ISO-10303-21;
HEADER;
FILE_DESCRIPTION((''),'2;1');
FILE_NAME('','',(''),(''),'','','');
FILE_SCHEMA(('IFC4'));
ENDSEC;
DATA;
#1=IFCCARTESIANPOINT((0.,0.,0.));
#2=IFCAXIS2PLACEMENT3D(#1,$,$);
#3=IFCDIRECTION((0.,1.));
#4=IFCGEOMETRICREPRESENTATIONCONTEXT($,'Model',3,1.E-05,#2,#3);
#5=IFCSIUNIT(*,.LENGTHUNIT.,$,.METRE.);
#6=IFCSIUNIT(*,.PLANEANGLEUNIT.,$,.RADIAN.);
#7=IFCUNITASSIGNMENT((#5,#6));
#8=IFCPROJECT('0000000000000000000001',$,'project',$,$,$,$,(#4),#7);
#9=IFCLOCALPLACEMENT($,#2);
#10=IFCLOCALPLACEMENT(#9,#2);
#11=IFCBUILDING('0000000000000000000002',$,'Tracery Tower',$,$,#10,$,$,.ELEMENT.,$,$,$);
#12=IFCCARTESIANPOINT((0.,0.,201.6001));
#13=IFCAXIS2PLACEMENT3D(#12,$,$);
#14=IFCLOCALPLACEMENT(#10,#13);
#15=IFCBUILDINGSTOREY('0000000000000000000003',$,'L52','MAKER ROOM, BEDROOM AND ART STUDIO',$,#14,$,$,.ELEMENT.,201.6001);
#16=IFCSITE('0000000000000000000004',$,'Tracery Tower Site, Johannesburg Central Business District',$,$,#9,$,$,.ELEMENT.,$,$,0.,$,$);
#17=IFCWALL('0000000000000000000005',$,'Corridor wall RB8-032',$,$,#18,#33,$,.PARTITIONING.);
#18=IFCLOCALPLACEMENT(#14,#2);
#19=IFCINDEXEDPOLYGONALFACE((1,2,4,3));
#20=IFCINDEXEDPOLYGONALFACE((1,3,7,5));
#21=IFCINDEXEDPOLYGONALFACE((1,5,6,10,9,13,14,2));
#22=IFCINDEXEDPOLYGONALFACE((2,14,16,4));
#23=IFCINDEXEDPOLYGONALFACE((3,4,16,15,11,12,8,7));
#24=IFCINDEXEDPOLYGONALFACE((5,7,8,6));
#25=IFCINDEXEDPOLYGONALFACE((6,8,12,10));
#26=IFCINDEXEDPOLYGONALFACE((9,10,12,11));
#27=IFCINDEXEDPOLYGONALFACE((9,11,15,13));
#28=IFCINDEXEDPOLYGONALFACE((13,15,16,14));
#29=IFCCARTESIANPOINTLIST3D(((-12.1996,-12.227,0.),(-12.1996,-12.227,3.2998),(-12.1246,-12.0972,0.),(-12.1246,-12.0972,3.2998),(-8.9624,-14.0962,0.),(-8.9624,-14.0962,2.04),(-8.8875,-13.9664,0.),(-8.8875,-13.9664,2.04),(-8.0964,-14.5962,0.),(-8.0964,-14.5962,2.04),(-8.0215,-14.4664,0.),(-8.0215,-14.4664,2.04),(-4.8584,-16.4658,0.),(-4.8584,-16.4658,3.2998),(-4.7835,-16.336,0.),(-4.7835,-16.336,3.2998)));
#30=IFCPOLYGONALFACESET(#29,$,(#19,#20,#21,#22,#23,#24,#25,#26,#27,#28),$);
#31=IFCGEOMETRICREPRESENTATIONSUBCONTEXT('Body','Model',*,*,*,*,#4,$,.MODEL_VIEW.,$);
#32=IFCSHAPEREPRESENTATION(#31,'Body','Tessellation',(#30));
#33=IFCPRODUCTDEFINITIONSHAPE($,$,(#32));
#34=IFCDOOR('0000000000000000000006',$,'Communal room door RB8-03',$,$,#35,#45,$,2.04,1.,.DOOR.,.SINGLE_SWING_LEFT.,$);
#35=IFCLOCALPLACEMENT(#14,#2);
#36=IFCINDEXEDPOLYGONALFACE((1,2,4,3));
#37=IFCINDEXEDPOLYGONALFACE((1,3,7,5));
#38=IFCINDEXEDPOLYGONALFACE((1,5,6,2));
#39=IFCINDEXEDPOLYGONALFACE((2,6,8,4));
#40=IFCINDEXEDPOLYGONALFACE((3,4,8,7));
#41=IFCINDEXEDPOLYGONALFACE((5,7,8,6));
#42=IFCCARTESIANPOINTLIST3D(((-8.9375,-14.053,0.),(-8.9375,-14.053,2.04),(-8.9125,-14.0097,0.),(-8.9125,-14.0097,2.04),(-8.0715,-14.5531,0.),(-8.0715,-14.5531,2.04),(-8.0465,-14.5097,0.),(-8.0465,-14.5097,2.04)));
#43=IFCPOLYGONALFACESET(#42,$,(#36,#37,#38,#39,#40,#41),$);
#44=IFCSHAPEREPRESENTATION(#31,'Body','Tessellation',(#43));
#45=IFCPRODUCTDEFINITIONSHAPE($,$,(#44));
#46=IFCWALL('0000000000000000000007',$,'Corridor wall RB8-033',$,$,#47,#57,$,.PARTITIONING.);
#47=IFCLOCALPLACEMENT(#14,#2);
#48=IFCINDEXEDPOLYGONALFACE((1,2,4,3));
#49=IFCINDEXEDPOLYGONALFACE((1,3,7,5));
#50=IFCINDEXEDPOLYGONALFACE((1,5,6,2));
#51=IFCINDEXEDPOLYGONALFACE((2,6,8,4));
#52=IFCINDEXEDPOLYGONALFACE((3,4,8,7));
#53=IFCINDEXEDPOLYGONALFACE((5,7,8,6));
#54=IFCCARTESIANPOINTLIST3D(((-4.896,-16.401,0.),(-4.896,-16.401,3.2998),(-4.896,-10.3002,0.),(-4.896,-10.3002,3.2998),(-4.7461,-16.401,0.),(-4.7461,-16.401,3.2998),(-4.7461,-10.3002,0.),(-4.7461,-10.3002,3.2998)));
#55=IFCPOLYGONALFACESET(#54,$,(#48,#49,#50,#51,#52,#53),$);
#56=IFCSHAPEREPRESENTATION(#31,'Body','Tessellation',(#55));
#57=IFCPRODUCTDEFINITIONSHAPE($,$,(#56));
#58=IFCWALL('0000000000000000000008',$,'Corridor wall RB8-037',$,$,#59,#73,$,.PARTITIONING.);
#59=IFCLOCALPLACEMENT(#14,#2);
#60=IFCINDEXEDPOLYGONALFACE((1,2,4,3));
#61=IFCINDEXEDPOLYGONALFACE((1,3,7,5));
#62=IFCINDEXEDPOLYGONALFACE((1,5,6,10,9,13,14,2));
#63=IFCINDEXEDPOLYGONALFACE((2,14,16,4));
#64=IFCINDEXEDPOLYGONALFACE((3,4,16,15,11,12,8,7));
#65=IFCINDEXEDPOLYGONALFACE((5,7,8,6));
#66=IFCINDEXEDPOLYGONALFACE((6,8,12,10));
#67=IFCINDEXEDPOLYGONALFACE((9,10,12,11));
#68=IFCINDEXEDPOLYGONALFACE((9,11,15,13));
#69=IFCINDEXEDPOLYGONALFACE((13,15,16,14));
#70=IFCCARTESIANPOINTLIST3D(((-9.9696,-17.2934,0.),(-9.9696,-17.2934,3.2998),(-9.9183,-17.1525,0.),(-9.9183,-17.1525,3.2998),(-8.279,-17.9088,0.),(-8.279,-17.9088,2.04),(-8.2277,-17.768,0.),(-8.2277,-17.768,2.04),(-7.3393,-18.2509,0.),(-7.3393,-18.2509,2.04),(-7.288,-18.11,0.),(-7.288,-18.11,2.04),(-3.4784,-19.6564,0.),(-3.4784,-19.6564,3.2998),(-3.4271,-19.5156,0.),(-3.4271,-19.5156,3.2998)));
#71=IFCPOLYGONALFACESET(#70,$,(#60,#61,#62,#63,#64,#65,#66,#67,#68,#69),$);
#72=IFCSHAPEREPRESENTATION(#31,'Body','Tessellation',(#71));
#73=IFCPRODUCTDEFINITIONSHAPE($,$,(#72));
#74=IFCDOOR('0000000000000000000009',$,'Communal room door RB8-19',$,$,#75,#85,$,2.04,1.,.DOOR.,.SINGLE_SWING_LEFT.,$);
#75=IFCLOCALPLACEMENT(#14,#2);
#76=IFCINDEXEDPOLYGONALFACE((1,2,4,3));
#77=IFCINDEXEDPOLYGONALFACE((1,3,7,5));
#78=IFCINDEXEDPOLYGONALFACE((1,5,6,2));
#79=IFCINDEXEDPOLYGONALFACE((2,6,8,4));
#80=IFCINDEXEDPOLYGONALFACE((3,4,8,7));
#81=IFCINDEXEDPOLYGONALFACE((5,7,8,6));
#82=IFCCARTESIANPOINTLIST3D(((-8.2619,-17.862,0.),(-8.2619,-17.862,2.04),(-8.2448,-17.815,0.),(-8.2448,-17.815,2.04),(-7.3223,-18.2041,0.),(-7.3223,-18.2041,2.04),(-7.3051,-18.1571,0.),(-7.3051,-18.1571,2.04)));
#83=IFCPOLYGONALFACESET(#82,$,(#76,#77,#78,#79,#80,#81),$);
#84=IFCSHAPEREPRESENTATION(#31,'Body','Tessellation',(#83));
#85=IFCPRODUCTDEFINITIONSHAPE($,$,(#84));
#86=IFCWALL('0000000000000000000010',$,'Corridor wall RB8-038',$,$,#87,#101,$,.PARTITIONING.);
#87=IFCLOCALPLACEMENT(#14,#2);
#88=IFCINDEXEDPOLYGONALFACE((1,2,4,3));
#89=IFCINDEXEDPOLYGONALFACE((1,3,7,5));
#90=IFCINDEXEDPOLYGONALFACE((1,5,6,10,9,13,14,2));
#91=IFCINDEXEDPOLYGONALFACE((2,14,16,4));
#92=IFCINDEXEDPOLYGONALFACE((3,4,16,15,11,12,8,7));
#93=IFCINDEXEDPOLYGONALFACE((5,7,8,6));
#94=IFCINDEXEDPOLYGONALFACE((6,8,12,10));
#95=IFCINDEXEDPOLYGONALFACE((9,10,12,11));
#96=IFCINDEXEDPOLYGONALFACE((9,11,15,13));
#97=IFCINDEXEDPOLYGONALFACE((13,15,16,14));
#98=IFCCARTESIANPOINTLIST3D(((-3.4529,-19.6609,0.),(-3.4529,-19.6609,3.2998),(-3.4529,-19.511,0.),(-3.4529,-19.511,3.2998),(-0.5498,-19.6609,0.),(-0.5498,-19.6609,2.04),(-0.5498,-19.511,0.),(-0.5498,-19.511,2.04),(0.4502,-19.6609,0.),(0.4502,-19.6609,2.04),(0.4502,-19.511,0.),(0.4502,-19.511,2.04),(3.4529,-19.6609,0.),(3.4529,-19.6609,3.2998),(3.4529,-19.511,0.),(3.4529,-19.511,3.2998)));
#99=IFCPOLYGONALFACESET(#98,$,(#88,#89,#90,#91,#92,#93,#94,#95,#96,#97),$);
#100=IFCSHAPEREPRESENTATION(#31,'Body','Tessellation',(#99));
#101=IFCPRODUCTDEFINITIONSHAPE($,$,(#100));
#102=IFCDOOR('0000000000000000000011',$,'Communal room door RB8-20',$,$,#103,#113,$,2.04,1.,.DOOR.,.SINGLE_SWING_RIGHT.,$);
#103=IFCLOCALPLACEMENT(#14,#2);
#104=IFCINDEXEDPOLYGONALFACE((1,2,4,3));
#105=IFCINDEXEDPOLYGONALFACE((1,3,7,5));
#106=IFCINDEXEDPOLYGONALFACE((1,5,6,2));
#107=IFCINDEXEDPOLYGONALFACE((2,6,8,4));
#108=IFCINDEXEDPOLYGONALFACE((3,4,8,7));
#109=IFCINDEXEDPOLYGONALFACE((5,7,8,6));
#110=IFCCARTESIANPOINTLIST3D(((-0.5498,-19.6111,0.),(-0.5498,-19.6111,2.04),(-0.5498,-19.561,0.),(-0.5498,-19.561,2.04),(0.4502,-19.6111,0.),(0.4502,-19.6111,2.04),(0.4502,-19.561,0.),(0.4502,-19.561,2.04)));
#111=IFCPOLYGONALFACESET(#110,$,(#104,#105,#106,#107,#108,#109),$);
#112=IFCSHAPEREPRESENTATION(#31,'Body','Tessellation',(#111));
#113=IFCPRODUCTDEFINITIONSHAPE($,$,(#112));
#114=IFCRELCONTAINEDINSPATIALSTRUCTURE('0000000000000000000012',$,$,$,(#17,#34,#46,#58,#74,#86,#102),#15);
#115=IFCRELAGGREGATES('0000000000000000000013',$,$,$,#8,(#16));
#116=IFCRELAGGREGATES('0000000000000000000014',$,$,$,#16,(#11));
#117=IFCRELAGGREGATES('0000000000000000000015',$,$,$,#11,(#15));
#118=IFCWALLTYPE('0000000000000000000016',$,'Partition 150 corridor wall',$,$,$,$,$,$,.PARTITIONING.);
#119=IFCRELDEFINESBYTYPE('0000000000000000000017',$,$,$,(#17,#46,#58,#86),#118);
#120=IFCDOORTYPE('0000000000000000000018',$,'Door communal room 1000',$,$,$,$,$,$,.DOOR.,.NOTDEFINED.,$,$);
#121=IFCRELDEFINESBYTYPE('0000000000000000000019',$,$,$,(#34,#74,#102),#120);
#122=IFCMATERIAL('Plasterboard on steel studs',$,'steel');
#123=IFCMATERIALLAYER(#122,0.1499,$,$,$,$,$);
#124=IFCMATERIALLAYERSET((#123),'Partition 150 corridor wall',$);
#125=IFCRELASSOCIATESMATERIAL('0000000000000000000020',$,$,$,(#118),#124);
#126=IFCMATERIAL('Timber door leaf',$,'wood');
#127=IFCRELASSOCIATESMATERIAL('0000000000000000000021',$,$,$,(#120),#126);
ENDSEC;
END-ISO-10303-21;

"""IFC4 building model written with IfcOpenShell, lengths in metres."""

from ifc_helpers import new_model, si_unit, direction, frame, frame_2d, origin, place, context, subcontext, project, spatial, rectangle, extrude, material, layer, layer_set, type_object, element, fill, save


model = new_model("IFC4")

# Units and contexts
model_context = context("Model", 3, precision=1e-05, world=origin(), true_north=direction((0.0, 1.0)))
body_context = subcontext(model_context, "Body", "Model", "MODEL_VIEW")
ifc_project = project(units=[si_unit("LENGTHUNIT", "METRE"), si_unit("PLANEANGLEUNIT", "RADIAN")], contexts=[model_context])

# Site, building, storey
site_placement = place(None, origin())
site = spatial("IfcSite", under=ifc_project, at=site_placement, Name="Tracery Tower Site, Johannesburg Central Business District", CompositionType="ELEMENT", RefElevation=0.0)
building_placement = place(site_placement, origin())
building = spatial("IfcBuilding", under=site, at=building_placement, Name="Tracery Tower", CompositionType="ELEMENT")
storey_placement = place(building_placement, frame((0.0, 0.0, 201.6001)))
storey = spatial("IfcBuildingStorey", under=building, at=storey_placement, Name="L52", Description="MAKER ROOM, BEDROOM AND ART STUDIO", CompositionType="ELEMENT", Elevation=201.6001)

# Shared definitions
ifc_material_1 = material(Name="Plasterboard on steel studs", Category="steel")
ifc_layer_1 = layer(ifc_material_1, 0.1499)
ifc_layer_set_1 = layer_set([ifc_layer_1], Name="Partition 150 corridor wall")
wall_type_1 = type_object("IfcWallType", Name="Partition 150 corridor wall", PredefinedType="PARTITIONING", material=ifc_layer_set_1)

# Wall, opening, door
wall_1_placement = place(storey_placement, frame((-12.1621, -12.1621, 0.0), z_axis=(0.0, 0.0, 1.0), x_axis=(0.866005, -0.500036, 0.0)))
wall_1 = element("IfcWall", 1, at=wall_1_placement, inside=storey, type_object=wall_type_1, Name="Corridor wall RB8-032", PredefinedType="PARTITIONING", context=body_context, shape_type="SweptSolid", body=[
    extrude(rectangle(XDim=8.4771, YDim=0.1499, at=frame_2d((4.2385, 0.0))), origin(), (0.0, 0.0, 1.0), 3.2998),
])
opening_1_placement = place(wall_1_placement, frame((3.738, 0.0, 0.0)))
opening_1 = element("IfcOpeningElement", 2, at=opening_1_placement, cuts=wall_1, PredefinedType="OPENING", context=body_context, shape_type="SweptSolid", body=[
    extrude(rectangle(XDim=1.0, YDim=2.04, at=frame_2d((0.5, 1.02))), frame((0.0, 0.075, 0.0), z_axis=(0.0, -1.0, 0.0), x_axis=(1.0, 0.0, 0.0)), (0.0, 0.0, 1.0), 0.1499),
])
ifc_material_2 = material(Name="Timber door leaf", Category="wood")
door_type = type_object("IfcDoorType", Name="Door communal room 1000", OperationType="NOTDEFINED", PredefinedType="DOOR", material=ifc_material_2)
door_1_placement = place(opening_1_placement, origin())
door_1 = element("IfcDoor", 3, at=door_1_placement, inside=storey, type_object=door_type, Name="Communal room door RB8-03", OperationType="SINGLE_SWING_LEFT", OverallHeight=2.04, OverallWidth=1.0, PredefinedType="DOOR", context=body_context, shape_type="SweptSolid", body=[
    extrude(rectangle(XDim=1.0, YDim=2.04, at=frame_2d((0.5, 1.02))), frame((0.0, 0.0249, 0.0), z_axis=(0.0, -1.0, 0.0), x_axis=(1.0, 0.0, 0.0)), (0.0, 0.0, 1.0), 0.05),
])
fill(opening_1, door_1)

# Wall
wall_2_placement = place(storey_placement, frame((-4.821, -16.4009, 0.0), z_axis=(0.0, 0.0, 1.0), x_axis=(0.0, 1.0, 0.0)))
element("IfcWall", 4, at=wall_2_placement, inside=storey, type_object=wall_type_1, Name="Corridor wall RB8-033", PredefinedType="PARTITIONING", context=body_context, shape_type="SweptSolid", body=[
    extrude(rectangle(XDim=6.1008, YDim=0.1499, at=frame_2d((3.0503, 0.0))), origin(), (0.0, 0.0, 1.0), 3.2998),
])

# Walls, openings, doors
wall_3_placement = place(storey_placement, frame((-9.9441, -17.2229, 0.0), z_axis=(0.0, 0.0, 1.0), x_axis=(0.939673, -0.342075, 0.0)))
wall_3 = element("IfcWall", 5, at=wall_3_placement, inside=storey, type_object=wall_type_1, Name="Corridor wall RB8-037", PredefinedType="PARTITIONING", context=body_context, shape_type="SweptSolid", body=[
    extrude(rectangle(XDim=6.908, YDim=0.1499, at=frame_2d((3.4541, 0.0))), origin(), (0.0, 0.0, 1.0), 3.2998),
])
opening_2_placement = place(wall_3_placement, frame((1.7993, 0.0, 0.0)))
opening_2 = element("IfcOpeningElement", 6, at=opening_2_placement, cuts=wall_3, PredefinedType="OPENING", context=body_context, shape_type="SweptSolid", body=[
    extrude(rectangle(XDim=1.0, YDim=2.04, at=frame_2d((0.5, 1.02))), frame((0.0, 0.075, 0.0), z_axis=(0.0, -1.0, 0.0), x_axis=(1.0, 0.0, 0.0)), (0.0, 0.0, 1.0), 0.1499),
])
door_2_placement = place(opening_2_placement, origin())
door_2 = element("IfcDoor", 7, at=door_2_placement, inside=storey, type_object=door_type, Name="Communal room door RB8-19", OperationType="SINGLE_SWING_LEFT", OverallHeight=2.04, OverallWidth=1.0, PredefinedType="DOOR", context=body_context, shape_type="SweptSolid", body=[
    extrude(rectangle(XDim=1.0, YDim=2.04, at=frame_2d((0.5, 1.02))), frame((0.0, 0.0249, 0.0), z_axis=(0.0, -1.0, 0.0), x_axis=(1.0, 0.0, 0.0)), (0.0, 0.0, 1.0), 0.05),
])
fill(opening_2, door_2)
wall_4_placement = place(storey_placement, frame((-3.4529, -19.5859, 0.0), z_axis=(0.0, 0.0, 1.0), x_axis=(1.0, 0.0, 0.0)))
wall_4 = element("IfcWall", 8, at=wall_4_placement, inside=storey, type_object=wall_type_1, Name="Corridor wall RB8-038", PredefinedType="PARTITIONING", context=body_context, shape_type="SweptSolid", body=[
    extrude(rectangle(XDim=6.9058, YDim=0.1499, at=frame_2d((3.4529, 0.0))), origin(), (0.0, 0.0, 1.0), 3.2998),
])
opening_3_placement = place(wall_4_placement, frame((2.9031, 0.0, 0.0)))
opening_3 = element("IfcOpeningElement", 9, at=opening_3_placement, cuts=wall_4, PredefinedType="OPENING", context=body_context, shape_type="SweptSolid", body=[
    extrude(rectangle(XDim=1.0, YDim=2.04, at=frame_2d((0.5, 1.02))), frame((0.0, 0.075, 0.0), z_axis=(0.0, -1.0, 0.0), x_axis=(1.0, 0.0, 0.0)), (0.0, 0.0, 1.0), 0.1499),
])
door_3_placement = place(opening_3_placement, origin())
door_3 = element("IfcDoor", 10, at=door_3_placement, inside=storey, type_object=door_type, Name="Communal room door RB8-20", OperationType="SINGLE_SWING_RIGHT", OverallHeight=2.04, OverallWidth=1.0, PredefinedType="DOOR", context=body_context, shape_type="SweptSolid", body=[
    extrude(rectangle(XDim=1.0, YDim=2.04, at=frame_2d((0.5, 1.02))), frame((0.0, 0.0249, 0.0), z_axis=(0.0, -1.0, 0.0), x_axis=(1.0, 0.0, 0.0)), (0.0, 0.0, 1.0), 0.05),
])
fill(opening_3, door_3)

save(model, "model.ifc")
